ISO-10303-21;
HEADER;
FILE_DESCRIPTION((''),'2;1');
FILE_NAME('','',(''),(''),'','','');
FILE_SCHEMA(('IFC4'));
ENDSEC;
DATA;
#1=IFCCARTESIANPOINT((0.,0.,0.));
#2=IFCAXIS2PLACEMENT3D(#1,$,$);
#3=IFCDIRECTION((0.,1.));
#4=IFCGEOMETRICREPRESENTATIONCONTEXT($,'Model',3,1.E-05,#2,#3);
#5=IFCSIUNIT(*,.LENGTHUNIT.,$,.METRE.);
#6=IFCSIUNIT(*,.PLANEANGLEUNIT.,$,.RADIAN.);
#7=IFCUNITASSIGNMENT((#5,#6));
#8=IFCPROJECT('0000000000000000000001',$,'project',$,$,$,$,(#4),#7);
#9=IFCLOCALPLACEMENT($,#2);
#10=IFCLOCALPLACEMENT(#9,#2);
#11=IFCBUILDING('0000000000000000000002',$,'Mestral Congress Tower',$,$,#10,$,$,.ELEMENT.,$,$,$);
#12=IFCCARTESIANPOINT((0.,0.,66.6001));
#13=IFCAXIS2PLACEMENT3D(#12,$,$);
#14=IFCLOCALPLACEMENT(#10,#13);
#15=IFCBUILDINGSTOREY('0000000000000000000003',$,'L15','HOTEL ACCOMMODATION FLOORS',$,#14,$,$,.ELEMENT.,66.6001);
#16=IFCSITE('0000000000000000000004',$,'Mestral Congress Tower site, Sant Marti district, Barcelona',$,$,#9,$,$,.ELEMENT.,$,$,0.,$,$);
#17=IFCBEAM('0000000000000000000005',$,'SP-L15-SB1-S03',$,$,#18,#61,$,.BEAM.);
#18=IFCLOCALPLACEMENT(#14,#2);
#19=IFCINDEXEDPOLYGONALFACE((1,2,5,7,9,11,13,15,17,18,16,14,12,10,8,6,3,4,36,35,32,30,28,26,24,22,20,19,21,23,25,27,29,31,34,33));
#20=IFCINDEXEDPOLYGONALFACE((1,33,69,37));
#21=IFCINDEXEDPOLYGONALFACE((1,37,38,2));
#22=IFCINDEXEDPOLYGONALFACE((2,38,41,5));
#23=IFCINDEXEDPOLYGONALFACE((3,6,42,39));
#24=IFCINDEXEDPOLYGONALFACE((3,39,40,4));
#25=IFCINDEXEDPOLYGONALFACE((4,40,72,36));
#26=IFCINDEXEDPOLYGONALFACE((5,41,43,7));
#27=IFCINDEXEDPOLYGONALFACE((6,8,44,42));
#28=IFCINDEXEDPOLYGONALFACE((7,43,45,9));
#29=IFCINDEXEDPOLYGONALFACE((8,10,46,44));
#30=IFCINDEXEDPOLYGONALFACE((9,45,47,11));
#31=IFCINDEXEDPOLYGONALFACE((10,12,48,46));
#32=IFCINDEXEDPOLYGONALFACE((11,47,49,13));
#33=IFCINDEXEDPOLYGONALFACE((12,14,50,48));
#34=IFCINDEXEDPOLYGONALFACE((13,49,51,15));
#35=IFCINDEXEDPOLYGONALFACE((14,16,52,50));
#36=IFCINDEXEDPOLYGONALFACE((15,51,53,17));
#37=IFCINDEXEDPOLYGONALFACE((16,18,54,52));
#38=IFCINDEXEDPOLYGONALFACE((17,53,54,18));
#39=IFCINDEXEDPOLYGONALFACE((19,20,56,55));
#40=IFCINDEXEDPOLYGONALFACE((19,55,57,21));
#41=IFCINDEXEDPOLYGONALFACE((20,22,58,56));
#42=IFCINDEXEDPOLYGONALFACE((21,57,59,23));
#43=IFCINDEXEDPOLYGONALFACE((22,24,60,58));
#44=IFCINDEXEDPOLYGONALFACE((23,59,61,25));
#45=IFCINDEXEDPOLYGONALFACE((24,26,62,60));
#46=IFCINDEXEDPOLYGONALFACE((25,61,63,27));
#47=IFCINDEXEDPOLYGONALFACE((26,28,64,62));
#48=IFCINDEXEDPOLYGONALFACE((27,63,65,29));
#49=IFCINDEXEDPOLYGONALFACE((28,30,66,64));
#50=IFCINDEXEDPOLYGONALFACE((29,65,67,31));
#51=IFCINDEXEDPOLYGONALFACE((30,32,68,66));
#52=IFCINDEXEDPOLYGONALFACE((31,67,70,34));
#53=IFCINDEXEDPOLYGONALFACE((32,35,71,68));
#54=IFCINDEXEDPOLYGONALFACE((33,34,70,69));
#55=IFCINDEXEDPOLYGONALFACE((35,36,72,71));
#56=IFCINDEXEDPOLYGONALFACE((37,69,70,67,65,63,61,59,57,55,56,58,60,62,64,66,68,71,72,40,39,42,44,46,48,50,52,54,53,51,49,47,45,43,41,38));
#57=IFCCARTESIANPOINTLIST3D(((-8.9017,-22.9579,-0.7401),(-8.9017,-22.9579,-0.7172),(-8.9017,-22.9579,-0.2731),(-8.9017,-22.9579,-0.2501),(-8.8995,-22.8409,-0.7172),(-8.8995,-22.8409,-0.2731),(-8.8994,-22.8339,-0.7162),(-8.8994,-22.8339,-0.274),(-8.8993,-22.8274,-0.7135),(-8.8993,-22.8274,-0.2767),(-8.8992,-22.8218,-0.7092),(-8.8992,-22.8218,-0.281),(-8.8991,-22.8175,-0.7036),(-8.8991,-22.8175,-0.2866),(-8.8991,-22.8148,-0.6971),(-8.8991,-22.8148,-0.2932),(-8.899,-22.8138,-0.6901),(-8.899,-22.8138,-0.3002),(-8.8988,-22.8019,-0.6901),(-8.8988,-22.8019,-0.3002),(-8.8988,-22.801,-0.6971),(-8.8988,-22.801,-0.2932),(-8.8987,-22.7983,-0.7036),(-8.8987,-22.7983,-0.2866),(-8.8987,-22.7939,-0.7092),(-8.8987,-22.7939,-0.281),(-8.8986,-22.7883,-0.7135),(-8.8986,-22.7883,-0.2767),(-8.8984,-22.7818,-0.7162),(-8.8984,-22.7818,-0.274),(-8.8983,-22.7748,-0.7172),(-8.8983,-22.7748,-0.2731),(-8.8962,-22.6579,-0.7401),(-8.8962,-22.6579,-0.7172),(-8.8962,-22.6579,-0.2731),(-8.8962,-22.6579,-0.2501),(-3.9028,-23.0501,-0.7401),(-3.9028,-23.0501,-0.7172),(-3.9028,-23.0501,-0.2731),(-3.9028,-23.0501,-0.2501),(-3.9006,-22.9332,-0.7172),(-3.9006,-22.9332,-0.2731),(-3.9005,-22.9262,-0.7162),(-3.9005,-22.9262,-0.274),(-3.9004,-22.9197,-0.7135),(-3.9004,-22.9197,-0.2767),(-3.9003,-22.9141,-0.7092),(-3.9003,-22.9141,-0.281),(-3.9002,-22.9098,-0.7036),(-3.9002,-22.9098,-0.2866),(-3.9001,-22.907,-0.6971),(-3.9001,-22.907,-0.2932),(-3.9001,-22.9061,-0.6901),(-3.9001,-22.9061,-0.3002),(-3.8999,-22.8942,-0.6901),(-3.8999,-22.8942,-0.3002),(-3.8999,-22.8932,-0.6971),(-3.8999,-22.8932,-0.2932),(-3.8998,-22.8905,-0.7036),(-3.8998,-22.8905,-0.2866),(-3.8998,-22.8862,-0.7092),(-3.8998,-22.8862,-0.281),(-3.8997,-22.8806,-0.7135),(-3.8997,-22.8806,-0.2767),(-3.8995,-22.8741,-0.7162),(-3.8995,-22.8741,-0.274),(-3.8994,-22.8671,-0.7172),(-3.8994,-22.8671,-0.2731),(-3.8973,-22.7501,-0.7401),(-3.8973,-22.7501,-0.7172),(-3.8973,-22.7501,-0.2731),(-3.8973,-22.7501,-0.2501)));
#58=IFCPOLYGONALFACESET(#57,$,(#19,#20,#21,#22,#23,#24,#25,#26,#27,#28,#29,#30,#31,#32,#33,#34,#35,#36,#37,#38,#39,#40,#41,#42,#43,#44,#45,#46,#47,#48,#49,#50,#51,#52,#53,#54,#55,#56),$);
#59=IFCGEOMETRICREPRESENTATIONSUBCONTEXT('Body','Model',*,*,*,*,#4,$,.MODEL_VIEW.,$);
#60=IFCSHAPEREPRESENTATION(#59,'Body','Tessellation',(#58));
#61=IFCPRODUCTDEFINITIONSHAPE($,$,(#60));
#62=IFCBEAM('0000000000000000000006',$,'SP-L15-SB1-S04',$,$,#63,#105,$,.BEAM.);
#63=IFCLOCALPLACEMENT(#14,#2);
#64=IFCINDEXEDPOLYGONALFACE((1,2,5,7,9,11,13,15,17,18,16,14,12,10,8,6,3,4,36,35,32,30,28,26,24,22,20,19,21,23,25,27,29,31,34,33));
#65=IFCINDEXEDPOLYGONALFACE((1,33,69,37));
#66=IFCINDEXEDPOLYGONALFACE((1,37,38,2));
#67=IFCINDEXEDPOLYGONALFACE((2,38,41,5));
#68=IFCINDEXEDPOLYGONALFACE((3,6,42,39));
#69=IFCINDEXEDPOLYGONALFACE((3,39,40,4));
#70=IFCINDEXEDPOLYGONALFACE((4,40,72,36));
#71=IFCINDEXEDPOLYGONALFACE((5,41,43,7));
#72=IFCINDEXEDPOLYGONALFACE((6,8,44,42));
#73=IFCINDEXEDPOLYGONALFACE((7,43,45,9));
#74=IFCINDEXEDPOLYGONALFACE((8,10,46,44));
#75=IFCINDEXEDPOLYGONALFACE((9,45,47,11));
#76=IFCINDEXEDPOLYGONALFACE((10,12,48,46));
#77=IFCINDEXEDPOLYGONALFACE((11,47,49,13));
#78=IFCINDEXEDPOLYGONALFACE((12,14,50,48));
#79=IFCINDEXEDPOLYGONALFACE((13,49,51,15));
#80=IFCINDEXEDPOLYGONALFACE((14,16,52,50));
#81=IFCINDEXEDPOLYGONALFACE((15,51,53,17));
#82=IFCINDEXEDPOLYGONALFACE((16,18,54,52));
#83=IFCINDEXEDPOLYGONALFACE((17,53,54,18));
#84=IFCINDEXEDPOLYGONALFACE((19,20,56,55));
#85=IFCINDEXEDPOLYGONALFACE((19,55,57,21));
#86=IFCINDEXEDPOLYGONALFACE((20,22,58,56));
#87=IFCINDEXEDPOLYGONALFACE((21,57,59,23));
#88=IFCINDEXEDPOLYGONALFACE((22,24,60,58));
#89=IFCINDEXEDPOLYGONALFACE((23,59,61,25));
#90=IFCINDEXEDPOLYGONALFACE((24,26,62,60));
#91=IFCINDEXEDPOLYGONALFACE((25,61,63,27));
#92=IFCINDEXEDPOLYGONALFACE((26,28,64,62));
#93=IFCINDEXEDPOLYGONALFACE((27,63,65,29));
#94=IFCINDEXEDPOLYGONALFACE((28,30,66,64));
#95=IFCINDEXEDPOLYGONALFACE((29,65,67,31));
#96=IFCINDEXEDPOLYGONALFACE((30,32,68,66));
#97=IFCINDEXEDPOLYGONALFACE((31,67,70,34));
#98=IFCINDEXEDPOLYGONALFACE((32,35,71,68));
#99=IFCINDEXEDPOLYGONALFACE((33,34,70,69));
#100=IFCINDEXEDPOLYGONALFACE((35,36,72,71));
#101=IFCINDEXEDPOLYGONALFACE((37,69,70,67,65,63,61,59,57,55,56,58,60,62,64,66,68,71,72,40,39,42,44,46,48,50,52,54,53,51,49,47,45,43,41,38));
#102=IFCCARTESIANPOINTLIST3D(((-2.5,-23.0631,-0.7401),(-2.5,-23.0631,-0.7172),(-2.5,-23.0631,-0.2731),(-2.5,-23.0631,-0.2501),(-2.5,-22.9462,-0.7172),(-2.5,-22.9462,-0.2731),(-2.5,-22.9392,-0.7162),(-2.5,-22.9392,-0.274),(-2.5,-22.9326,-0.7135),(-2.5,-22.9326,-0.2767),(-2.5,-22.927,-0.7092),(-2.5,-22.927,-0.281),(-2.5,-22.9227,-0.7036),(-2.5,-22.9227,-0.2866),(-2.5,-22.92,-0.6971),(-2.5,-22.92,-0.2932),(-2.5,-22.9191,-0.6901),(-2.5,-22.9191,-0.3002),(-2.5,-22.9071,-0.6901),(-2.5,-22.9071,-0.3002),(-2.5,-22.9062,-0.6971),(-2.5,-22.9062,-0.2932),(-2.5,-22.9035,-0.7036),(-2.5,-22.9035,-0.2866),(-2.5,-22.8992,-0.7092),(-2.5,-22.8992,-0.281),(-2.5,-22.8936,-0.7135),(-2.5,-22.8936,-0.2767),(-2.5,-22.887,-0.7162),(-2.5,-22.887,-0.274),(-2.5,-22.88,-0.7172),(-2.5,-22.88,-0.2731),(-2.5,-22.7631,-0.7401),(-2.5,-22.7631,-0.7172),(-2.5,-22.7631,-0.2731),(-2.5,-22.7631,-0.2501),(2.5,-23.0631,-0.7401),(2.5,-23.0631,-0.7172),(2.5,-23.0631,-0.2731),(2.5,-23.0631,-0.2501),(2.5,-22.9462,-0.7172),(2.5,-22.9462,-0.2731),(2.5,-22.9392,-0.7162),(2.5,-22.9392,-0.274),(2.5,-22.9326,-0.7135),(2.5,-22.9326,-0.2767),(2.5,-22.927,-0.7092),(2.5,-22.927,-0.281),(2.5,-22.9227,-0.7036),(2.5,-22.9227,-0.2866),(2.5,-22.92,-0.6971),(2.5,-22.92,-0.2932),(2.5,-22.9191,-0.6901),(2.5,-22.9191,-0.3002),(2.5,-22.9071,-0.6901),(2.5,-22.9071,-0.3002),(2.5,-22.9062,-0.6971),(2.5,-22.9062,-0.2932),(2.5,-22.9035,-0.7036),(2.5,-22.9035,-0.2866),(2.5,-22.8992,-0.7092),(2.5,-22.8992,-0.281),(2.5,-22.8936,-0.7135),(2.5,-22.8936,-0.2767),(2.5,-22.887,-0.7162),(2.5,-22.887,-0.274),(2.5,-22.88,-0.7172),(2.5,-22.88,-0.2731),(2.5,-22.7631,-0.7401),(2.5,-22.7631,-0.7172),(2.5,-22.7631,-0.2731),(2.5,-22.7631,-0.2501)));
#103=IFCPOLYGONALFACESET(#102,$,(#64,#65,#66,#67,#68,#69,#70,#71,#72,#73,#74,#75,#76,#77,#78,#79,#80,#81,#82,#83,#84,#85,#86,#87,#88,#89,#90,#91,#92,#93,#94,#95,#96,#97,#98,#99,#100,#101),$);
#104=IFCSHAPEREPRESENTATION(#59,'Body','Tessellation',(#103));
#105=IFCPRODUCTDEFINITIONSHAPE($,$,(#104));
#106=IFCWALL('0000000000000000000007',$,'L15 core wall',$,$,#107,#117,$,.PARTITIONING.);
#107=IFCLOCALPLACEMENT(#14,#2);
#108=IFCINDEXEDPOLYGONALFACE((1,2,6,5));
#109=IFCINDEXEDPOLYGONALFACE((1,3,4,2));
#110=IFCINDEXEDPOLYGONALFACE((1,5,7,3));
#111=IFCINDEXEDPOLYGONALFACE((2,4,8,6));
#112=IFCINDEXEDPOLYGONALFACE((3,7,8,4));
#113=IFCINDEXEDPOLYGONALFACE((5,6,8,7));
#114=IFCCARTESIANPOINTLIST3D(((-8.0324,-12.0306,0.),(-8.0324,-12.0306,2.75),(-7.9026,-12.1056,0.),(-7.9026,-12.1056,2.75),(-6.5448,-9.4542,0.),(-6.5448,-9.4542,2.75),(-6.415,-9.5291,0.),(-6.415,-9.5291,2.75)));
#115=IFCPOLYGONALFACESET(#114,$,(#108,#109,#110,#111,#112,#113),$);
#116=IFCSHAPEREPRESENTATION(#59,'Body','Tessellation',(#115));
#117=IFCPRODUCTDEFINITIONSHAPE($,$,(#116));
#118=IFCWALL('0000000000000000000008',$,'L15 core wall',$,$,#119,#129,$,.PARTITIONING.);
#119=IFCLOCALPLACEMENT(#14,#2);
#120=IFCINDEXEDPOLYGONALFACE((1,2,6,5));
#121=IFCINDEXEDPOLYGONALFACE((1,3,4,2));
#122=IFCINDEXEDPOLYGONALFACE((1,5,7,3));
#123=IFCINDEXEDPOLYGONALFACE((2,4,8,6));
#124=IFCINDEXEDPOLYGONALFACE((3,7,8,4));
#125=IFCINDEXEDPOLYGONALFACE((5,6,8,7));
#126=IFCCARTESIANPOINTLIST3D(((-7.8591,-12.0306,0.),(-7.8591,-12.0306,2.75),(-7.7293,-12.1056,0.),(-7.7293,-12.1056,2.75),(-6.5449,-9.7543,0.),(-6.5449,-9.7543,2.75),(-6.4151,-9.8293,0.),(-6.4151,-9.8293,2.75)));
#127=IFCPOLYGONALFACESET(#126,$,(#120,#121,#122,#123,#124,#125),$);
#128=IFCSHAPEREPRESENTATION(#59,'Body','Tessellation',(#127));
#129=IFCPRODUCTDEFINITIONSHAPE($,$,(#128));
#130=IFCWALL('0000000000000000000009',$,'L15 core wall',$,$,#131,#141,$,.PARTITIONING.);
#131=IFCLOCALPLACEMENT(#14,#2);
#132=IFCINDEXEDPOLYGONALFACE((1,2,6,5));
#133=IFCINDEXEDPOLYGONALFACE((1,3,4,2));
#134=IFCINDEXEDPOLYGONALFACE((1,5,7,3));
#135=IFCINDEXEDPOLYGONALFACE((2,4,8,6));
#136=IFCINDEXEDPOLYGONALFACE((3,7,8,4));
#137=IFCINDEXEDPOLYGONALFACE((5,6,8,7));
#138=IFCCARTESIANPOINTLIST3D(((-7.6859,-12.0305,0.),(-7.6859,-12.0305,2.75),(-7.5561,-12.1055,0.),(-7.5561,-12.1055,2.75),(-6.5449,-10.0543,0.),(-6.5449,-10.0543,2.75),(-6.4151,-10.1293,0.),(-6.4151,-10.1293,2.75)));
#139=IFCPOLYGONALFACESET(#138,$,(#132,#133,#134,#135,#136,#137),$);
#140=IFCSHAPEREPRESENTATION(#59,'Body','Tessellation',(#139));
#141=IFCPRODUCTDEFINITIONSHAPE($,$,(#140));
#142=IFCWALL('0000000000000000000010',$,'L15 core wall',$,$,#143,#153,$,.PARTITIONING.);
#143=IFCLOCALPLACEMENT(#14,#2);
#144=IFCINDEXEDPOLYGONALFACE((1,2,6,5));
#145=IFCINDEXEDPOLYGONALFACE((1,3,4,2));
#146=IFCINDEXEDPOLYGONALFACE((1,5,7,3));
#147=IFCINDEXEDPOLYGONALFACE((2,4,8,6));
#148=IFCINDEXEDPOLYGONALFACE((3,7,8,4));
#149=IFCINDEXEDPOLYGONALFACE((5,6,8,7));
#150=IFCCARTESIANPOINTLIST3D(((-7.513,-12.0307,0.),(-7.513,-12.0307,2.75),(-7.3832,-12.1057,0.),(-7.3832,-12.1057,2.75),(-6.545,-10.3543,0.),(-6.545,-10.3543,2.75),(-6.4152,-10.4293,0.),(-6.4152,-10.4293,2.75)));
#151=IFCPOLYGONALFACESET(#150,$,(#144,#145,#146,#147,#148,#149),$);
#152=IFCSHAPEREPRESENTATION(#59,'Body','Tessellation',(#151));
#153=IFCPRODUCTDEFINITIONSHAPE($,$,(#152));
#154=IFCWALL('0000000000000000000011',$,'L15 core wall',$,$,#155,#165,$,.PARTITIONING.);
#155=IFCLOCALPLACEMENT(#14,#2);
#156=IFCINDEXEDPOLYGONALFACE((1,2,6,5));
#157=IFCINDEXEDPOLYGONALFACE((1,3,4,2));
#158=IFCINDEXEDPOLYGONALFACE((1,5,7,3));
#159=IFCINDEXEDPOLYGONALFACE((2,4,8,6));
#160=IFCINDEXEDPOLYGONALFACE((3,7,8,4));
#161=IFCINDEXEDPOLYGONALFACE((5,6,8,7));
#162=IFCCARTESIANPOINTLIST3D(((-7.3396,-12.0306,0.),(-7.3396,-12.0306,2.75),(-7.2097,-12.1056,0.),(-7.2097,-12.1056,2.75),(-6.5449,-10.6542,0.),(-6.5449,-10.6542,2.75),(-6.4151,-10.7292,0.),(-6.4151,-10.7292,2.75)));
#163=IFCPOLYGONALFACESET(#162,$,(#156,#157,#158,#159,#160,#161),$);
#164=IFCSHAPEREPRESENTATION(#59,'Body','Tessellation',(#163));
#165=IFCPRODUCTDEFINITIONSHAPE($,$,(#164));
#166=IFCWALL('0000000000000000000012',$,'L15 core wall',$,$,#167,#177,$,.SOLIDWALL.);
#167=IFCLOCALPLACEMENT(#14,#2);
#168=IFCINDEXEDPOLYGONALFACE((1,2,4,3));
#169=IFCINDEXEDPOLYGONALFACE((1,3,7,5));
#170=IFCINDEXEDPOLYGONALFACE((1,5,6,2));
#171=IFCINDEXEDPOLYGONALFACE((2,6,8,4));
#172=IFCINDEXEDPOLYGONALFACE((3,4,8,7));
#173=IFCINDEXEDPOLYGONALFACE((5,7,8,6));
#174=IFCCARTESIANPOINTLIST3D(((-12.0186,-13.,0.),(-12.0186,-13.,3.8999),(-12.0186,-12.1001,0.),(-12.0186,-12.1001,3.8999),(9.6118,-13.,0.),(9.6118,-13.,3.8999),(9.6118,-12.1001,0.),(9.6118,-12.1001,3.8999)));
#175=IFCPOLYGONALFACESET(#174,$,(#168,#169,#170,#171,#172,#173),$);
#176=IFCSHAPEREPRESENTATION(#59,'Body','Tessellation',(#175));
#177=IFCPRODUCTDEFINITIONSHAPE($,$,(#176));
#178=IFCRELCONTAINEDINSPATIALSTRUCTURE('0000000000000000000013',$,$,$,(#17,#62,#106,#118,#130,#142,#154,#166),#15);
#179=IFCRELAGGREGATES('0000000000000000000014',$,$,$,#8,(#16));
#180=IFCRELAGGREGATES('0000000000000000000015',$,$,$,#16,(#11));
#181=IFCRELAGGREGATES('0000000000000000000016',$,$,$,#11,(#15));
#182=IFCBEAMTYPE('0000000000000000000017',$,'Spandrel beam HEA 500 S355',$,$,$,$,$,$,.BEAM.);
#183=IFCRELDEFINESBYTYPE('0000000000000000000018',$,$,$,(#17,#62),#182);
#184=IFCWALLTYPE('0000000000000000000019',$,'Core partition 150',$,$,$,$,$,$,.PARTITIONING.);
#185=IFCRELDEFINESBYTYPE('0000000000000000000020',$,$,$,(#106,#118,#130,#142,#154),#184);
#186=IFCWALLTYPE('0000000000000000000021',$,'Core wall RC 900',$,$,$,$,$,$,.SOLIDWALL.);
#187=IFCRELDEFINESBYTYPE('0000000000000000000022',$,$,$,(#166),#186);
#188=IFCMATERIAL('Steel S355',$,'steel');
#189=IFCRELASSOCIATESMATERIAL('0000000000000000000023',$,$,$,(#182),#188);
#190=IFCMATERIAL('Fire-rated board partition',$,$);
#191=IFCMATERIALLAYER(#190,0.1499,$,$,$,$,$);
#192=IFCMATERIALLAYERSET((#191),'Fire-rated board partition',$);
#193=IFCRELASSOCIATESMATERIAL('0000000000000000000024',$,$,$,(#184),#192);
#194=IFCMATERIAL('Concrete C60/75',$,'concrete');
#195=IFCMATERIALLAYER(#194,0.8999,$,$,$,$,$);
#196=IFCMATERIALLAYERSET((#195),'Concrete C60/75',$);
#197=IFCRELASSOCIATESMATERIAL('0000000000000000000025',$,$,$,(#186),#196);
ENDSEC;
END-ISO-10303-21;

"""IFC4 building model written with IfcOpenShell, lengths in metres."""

from ifc_helpers import new_model, si_unit, direction, frame, frame_2d, origin, origin_2d, place, context, subcontext, project, spatial, rectangle, i_section, extrude, material, layer, layer_set, material_profile, profile_set, type_object, element, save


model = new_model("IFC4")

# Units and contexts
model_context = context("Model", 3, precision=1e-05, world=origin(), true_north=direction((0.0, 1.0)))
body_context = subcontext(model_context, "Body", "Model", "MODEL_VIEW")
ifc_project = project(units=[si_unit("LENGTHUNIT", "METRE"), si_unit("PLANEANGLEUNIT", "RADIAN")], contexts=[model_context])

# Site, building, storey
site_placement = place(None, origin())
site = spatial("IfcSite", under=ifc_project, at=site_placement, Name="Mestral Congress Tower site, Sant Marti district, Barcelona", CompositionType="ELEMENT", RefElevation=0.0)
building_placement = place(site_placement, origin())
building = spatial("IfcBuilding", under=site, at=building_placement, Name="Mestral Congress Tower", CompositionType="ELEMENT")
storey_placement = place(building_placement, frame((0.0, 0.0, 66.6001)))
storey = spatial("IfcBuildingStorey", under=building, at=storey_placement, Name="L15", Description="HOTEL ACCOMMODATION FLOORS", CompositionType="ELEMENT", Elevation=66.6001)

# Beams
ifc_material_1 = material(Name="Steel S355", Category="steel")
ifc_material_profile_1 = material_profile(ifc_material_1, i_section(OverallWidth=0.3, OverallDepth=0.49, WebThickness=0.012, FlangeThickness=0.0229, FilletRadius=0.0271, at=origin_2d()), Name="HEA 500")
ifc_profile_set_1 = profile_set([ifc_material_profile_1], Name="Steel S355")
beam_type_1 = type_object("IfcBeamType", Name="Spandrel beam HEA 500 S355", PredefinedType="BEAM", material=ifc_profile_set_1)
beam_1_placement = place(storey_placement, frame((-8.8989, -22.8079, -0.4951), z_axis=(0.99983, -0.018457, 0.0), x_axis=(0.018457, 0.99983, 0.0)))
element("IfcBeam", 1, at=beam_1_placement, inside=storey, type_object=beam_type_1, Name="SP-L15-SB1-S03", PredefinedType="BEAM", context=body_context, shape_type="SweptSolid", body=[
    extrude(i_section(OverallWidth=0.3, OverallDepth=0.49, WebThickness=0.012, FlangeThickness=0.0229, FilletRadius=0.0271, at=origin_2d()), origin(), (0.0, 0.0, 1.0), 4.9998),
])
beam_2_placement = place(storey_placement, frame((-2.5, -22.9131, -0.4951), z_axis=(1.0, 0.0, 0.0), x_axis=(0.0, 1.0, 0.0)))
element("IfcBeam", 2, at=beam_2_placement, inside=storey, type_object=beam_type_1, Name="SP-L15-SB1-S04", PredefinedType="BEAM", context=body_context, shape_type="SweptSolid", body=[
    extrude(i_section(OverallWidth=0.3, OverallDepth=0.49, WebThickness=0.012, FlangeThickness=0.0229, FilletRadius=0.0271, at=origin_2d()), origin(), (0.0, 0.0, 1.0), 5.0),
])

# Walls
ifc_material_2 = material(Name="Fire-rated board partition")
ifc_layer_1 = layer(ifc_material_2, 0.1499)
ifc_layer_set_1 = layer_set([ifc_layer_1], Name="Fire-rated board partition")
wall_type_1 = type_object("IfcWallType", Name="Core partition 150", PredefinedType="PARTITIONING", material=ifc_layer_set_1)
wall_1_placement = place(storey_placement, frame((-7.9675, -12.0681, 0.0), z_axis=(0.0, 0.0, 1.0), x_axis=(0.500014, 0.866017, 0.0)))
element("IfcWall", 3, at=wall_1_placement, inside=storey, type_object=wall_type_1, Name="L15 core wall", PredefinedType="PARTITIONING", context=body_context, shape_type="SweptSolid", body=[
    extrude(rectangle(XDim=2.9751, YDim=0.1499, at=frame_2d((1.4875, 0.0))), origin(), (0.0, 0.0, 1.0), 2.75),
])
wall_2_placement = place(storey_placement, frame((-7.7942, -12.0681, 0.0), z_axis=(0.0, 0.0, 1.0), x_axis=(0.499985, 0.866034, 0.0)))
element("IfcWall", 4, at=wall_2_placement, inside=storey, type_object=wall_type_1, Name="L15 core wall", PredefinedType="PARTITIONING", context=body_context, shape_type="SweptSolid", body=[
    extrude(rectangle(XDim=2.6284, YDim=0.1499, at=frame_2d((1.3142, 0.0))), origin(), (0.0, 0.0, 1.0), 2.75),
])
wall_3_placement = place(storey_placement, frame((-7.6211, -12.0681, 0.0), z_axis=(0.0, 0.0, 1.0), x_axis=(0.500028, 0.866009, 0.0)))
element("IfcWall", 5, at=wall_3_placement, inside=storey, type_object=wall_type_1, Name="L15 core wall", PredefinedType="PARTITIONING", context=body_context, shape_type="SweptSolid", body=[
    extrude(rectangle(XDim=2.282, YDim=0.1499, at=frame_2d((1.1411, 0.0))), origin(), (0.0, 0.0, 1.0), 2.75),
])
wall_4_placement = place(storey_placement, frame((-7.448, -12.0681, 0.0), z_axis=(0.0, 0.0, 1.0), x_axis=(0.500032, 0.866007, 0.0)))
element("IfcWall", 6, at=wall_4_placement, inside=storey, type_object=wall_type_1, Name="L15 core wall", PredefinedType="PARTITIONING", context=body_context, shape_type="SweptSolid", body=[
    extrude(rectangle(XDim=1.9358, YDim=0.1499, at=frame_2d((0.9678, 0.0))), origin(), (0.0, 0.0, 1.0), 2.75),
])
wall_5_placement = place(storey_placement, frame((-7.2747, -12.0681, 0.0), z_axis=(0.0, 0.0, 1.0), x_axis=(0.499988, 0.866032, 0.0)))
element("IfcWall", 7, at=wall_5_placement, inside=storey, type_object=wall_type_1, Name="L15 core wall", PredefinedType="PARTITIONING", context=body_context, shape_type="SweptSolid", body=[
    extrude(rectangle(XDim=1.5894, YDim=0.1499, at=frame_2d((0.7947, 0.0))), origin(), (0.0, 0.0, 1.0), 2.75),
])
ifc_material_3 = material(Name="Concrete C60/75", Category="concrete")
ifc_layer_2 = layer(ifc_material_3, 0.8999)
ifc_layer_set_2 = layer_set([ifc_layer_2], Name="Concrete C60/75")
wall_type_2 = type_object("IfcWallType", Name="Core wall RC 900", PredefinedType="SOLIDWALL", material=ifc_layer_set_2)
wall_6_placement = place(storey_placement, frame((-12.0186, -12.55, 0.0), z_axis=(0.0, 0.0, 1.0), x_axis=(1.0, 0.0, 0.0)))
element("IfcWall", 8, at=wall_6_placement, inside=storey, type_object=wall_type_2, Name="L15 core wall", PredefinedType="SOLIDWALL", context=body_context, shape_type="SweptSolid", body=[
    extrude(rectangle(XDim=21.6304, YDim=0.8999, at=frame_2d((10.8152, 0.0))), origin(), (0.0, 0.0, 1.0), 3.8999),
])

save(model, "model.ifc")
